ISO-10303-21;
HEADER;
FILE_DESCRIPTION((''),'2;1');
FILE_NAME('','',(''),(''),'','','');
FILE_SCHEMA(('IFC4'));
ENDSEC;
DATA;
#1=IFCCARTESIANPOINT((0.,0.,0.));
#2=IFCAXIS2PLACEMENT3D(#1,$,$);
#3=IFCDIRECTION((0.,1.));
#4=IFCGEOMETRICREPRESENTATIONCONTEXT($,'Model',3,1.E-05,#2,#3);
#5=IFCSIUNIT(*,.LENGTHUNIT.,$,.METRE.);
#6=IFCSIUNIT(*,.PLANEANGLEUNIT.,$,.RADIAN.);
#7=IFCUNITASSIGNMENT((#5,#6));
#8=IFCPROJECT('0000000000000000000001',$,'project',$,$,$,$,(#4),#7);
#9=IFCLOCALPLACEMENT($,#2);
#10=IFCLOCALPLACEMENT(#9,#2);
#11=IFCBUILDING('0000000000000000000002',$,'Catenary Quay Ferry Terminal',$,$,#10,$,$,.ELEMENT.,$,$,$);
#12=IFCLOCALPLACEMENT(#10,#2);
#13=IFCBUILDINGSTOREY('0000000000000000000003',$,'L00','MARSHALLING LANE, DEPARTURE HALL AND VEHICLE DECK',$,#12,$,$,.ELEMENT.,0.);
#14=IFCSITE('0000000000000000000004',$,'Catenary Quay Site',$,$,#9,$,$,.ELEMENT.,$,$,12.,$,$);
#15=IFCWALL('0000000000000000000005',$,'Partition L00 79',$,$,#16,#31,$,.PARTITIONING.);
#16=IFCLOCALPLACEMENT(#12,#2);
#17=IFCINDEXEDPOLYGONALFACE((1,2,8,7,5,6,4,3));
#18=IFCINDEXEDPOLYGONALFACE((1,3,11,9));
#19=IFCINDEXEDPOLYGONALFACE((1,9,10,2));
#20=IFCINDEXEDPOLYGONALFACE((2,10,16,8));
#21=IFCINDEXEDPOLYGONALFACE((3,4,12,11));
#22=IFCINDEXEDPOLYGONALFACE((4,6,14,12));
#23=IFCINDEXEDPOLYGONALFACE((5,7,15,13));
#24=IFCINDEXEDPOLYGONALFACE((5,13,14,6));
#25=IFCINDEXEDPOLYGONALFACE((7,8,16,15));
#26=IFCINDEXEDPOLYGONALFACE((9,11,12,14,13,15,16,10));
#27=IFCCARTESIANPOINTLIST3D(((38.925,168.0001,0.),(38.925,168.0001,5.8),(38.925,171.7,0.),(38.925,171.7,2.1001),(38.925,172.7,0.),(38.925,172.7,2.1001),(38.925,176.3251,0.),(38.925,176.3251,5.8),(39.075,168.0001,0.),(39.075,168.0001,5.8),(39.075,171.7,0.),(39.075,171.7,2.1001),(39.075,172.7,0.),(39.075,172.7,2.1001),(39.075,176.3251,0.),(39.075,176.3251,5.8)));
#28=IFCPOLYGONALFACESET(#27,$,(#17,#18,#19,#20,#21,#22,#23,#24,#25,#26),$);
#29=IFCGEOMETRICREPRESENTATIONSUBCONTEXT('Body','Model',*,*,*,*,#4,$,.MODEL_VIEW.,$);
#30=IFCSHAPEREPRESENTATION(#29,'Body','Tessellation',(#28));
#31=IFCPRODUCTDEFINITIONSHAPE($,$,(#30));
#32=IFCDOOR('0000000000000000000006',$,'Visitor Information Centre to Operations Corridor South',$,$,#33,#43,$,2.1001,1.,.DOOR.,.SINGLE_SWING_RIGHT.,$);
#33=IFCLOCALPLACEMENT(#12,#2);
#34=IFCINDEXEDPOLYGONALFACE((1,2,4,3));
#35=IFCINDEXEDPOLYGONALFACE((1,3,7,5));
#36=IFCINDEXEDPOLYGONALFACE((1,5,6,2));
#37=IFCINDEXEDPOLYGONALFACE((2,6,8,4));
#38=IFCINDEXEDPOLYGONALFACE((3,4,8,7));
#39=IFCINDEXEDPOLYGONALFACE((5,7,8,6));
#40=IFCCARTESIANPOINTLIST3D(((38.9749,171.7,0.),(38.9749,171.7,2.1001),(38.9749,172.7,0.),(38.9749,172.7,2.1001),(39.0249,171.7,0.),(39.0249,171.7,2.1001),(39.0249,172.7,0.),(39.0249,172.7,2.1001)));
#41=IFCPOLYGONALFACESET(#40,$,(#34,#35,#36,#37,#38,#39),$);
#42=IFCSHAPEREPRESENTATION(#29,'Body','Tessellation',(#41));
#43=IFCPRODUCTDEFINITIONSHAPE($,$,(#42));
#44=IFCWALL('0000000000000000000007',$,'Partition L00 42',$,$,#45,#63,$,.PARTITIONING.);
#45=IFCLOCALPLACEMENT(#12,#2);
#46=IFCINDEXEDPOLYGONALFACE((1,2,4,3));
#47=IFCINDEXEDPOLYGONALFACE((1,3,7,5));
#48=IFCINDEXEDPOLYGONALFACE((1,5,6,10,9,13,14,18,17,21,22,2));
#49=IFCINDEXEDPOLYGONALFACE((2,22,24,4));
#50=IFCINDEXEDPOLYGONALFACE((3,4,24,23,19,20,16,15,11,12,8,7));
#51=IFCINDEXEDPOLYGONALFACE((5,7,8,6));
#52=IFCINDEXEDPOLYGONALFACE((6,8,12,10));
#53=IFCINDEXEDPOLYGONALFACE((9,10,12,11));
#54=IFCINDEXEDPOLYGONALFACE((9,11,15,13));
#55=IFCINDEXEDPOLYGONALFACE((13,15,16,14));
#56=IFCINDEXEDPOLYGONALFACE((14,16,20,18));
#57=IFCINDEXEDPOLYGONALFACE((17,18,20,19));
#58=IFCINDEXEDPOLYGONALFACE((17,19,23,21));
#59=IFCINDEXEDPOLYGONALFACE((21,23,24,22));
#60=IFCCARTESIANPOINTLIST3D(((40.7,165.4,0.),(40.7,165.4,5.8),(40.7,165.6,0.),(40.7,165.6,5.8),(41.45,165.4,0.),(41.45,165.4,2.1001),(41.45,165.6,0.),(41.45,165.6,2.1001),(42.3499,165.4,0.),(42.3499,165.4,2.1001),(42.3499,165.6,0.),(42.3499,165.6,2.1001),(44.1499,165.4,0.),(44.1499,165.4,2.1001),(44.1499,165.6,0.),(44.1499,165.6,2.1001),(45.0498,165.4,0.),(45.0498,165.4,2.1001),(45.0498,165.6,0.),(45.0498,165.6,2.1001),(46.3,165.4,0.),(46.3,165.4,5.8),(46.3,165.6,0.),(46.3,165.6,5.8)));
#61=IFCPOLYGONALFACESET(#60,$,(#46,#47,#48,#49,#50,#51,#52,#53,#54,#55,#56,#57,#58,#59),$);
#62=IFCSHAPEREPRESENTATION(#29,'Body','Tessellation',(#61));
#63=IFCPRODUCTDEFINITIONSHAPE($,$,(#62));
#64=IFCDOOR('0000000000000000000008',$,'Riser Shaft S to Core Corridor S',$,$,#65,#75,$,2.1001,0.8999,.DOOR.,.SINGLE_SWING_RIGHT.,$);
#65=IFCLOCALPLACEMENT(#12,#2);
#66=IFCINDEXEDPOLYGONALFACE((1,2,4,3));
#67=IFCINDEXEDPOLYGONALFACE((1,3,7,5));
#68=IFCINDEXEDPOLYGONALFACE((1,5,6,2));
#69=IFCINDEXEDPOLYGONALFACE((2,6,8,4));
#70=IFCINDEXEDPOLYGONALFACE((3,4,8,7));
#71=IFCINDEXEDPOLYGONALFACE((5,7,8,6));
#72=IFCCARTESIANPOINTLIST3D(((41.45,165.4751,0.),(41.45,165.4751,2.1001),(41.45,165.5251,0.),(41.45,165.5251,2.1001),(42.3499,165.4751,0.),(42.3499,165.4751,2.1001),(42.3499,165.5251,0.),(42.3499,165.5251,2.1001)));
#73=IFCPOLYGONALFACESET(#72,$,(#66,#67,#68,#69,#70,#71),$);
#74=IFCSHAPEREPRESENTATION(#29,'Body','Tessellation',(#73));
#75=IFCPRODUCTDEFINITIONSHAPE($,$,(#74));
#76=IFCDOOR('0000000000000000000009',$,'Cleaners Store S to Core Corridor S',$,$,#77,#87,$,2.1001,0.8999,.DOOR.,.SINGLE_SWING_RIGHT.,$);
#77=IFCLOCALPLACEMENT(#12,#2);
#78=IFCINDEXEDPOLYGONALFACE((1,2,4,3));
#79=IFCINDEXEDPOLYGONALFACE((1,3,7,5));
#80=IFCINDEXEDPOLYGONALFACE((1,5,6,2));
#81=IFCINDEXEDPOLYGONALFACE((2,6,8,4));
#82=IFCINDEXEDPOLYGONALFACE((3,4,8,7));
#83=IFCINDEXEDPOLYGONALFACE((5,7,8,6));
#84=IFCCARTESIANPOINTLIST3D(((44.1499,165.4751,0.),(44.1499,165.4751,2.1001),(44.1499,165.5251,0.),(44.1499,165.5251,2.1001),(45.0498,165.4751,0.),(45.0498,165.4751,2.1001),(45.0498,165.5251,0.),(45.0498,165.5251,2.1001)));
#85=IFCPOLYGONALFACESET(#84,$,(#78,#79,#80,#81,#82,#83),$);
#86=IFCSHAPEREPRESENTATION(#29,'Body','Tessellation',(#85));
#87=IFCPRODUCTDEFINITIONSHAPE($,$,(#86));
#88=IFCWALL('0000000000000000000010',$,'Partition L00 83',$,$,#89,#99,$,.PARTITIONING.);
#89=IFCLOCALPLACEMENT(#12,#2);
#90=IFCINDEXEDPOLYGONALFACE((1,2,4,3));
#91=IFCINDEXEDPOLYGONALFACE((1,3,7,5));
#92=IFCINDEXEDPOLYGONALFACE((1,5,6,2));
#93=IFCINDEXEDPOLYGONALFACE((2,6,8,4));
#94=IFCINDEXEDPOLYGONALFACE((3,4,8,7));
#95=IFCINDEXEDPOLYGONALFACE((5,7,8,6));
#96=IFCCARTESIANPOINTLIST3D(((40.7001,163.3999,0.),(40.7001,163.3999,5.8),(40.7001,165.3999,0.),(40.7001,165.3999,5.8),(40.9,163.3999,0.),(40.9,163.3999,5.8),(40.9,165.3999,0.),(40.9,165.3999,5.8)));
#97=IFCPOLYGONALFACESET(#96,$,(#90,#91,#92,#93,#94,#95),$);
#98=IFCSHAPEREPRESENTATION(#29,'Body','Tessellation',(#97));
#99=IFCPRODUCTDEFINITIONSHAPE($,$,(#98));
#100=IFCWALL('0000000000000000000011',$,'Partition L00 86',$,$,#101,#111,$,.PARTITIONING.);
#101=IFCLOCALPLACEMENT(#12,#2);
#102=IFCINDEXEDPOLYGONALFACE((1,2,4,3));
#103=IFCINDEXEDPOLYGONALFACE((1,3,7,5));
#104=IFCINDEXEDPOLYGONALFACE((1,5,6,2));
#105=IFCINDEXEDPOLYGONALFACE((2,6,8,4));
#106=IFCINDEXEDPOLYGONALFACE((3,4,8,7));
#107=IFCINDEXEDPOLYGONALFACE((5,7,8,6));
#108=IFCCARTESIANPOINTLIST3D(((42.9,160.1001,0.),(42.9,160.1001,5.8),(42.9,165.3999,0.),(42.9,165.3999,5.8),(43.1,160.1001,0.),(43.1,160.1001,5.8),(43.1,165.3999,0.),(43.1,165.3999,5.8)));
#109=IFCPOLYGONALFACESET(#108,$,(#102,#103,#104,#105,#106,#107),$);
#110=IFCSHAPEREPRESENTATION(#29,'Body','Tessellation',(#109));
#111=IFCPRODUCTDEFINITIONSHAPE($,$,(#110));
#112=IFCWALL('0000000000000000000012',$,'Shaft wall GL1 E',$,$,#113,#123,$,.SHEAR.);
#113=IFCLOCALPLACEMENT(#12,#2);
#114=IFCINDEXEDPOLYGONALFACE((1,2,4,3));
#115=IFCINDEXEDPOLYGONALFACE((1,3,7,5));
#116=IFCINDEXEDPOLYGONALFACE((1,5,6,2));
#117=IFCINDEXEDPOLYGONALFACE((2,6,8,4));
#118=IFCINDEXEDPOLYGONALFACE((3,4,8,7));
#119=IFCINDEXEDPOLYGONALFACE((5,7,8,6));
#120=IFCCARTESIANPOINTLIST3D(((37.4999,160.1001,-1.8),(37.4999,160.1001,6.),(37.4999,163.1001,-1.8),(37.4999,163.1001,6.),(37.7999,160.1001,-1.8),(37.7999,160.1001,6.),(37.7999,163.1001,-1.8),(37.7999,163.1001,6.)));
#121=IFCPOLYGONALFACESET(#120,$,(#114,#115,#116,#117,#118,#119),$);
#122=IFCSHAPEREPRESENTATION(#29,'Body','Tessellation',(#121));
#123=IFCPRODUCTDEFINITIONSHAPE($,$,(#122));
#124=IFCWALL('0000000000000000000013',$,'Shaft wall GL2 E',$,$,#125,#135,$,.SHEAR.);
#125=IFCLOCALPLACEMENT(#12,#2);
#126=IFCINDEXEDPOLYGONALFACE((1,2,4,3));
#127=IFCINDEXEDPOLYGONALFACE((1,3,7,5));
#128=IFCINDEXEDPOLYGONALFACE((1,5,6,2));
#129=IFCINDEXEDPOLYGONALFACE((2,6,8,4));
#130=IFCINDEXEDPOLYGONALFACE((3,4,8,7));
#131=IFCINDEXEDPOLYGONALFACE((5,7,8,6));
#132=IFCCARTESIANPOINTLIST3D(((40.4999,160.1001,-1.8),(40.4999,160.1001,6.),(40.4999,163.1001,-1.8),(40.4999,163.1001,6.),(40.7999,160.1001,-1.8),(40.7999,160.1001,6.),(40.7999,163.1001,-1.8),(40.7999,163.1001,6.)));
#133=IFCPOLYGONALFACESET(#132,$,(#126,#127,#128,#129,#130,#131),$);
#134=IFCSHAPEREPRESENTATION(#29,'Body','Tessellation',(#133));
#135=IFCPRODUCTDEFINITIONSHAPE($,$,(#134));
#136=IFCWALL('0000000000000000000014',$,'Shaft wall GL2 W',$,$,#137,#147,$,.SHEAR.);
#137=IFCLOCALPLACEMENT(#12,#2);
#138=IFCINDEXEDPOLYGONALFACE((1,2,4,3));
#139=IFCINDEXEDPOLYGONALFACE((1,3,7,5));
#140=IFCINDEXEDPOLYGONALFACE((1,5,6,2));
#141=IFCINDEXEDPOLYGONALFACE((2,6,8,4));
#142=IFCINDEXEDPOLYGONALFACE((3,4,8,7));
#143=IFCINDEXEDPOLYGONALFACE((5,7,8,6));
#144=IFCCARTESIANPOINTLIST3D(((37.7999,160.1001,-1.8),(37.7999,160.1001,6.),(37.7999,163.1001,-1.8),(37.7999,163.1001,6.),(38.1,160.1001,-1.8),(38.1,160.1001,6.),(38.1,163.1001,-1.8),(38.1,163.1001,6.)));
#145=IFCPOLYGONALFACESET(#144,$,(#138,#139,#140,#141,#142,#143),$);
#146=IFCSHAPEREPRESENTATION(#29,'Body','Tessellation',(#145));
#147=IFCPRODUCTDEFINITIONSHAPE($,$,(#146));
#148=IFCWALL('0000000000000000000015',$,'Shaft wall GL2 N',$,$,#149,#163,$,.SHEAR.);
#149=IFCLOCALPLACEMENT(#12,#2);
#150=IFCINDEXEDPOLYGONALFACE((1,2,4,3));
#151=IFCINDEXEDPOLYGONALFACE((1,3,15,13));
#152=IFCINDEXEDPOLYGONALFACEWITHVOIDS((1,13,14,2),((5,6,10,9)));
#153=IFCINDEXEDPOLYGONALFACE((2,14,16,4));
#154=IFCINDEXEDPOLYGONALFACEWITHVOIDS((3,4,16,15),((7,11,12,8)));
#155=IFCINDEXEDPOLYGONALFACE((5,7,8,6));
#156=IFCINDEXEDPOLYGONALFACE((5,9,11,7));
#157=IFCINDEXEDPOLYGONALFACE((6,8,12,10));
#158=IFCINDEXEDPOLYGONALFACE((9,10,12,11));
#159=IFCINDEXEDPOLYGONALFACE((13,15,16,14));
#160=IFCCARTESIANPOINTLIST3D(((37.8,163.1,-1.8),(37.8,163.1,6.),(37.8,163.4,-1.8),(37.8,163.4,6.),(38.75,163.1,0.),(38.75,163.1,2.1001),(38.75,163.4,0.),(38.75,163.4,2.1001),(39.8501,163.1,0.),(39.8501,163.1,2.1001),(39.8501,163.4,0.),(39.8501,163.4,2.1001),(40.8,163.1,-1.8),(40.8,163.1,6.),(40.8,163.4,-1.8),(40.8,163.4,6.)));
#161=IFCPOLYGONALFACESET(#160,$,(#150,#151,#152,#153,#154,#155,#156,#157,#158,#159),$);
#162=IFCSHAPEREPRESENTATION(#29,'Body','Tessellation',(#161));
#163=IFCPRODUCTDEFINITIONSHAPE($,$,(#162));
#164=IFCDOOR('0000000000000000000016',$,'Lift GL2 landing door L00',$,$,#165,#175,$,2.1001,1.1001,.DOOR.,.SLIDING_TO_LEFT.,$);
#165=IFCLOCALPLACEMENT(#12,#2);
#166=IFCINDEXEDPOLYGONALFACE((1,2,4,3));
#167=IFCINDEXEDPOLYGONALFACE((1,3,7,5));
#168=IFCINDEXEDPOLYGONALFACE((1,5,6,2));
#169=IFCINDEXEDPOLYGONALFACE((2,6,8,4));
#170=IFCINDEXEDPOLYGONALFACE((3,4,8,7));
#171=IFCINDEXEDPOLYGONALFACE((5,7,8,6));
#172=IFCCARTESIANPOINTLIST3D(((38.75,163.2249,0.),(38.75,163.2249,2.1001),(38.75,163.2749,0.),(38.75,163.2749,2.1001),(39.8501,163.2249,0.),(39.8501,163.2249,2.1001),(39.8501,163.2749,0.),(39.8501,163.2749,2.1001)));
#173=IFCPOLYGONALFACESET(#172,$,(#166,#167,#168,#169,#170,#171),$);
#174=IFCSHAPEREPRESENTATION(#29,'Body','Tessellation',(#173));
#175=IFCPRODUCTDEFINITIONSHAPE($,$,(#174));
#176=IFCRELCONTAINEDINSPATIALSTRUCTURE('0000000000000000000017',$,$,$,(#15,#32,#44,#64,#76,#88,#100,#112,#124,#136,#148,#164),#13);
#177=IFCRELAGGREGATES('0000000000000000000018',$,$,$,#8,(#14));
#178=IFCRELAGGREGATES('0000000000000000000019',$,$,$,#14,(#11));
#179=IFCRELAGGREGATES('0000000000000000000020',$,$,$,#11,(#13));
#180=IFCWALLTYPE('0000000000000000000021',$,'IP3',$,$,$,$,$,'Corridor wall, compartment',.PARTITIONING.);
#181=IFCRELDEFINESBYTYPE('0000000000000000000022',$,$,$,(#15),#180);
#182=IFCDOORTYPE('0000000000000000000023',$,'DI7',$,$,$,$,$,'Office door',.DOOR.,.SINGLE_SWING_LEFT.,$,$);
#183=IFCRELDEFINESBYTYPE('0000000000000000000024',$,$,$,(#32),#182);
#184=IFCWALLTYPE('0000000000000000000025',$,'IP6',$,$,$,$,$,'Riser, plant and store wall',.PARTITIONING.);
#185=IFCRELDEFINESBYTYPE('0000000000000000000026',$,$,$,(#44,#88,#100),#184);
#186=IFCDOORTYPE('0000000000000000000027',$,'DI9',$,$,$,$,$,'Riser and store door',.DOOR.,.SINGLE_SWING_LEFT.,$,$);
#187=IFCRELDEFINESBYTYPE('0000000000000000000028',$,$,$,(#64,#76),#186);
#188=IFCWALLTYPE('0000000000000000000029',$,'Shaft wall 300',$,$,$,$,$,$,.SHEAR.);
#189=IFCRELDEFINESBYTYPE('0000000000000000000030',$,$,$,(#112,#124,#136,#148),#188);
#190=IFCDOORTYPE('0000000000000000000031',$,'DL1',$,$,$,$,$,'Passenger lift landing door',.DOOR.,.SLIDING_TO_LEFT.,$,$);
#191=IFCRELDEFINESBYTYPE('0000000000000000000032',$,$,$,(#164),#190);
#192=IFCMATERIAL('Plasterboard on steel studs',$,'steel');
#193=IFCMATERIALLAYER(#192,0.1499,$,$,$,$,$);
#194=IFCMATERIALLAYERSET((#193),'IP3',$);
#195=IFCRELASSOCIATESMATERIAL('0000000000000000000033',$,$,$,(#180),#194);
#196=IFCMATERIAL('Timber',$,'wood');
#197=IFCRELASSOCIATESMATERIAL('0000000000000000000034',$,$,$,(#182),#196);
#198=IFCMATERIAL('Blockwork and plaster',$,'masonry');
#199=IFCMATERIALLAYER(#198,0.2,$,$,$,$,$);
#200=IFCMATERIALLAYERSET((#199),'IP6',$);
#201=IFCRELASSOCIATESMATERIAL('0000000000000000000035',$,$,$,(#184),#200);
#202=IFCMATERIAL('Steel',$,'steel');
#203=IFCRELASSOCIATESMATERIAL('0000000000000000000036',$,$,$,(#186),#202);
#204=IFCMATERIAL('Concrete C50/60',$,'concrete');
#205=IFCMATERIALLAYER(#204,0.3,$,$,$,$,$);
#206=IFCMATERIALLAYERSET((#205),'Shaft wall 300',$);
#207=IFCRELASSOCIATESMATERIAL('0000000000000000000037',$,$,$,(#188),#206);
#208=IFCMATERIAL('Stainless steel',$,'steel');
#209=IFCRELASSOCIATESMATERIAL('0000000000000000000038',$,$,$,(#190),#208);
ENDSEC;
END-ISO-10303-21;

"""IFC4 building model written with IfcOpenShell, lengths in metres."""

from ifc_helpers import new_model, si_unit, direction, frame, frame_2d, origin, place, context, subcontext, project, spatial, rectangle, extrude, material, layer, layer_set, type_object, element, fill, save


model = new_model("IFC4")

# Units and contexts
model_context = context("Model", 3, precision=1e-05, world=origin(), true_north=direction((0.0, 1.0)))
body_context = subcontext(model_context, "Body", "Model", "MODEL_VIEW")
ifc_project = project(units=[si_unit("LENGTHUNIT", "METRE"), si_unit("PLANEANGLEUNIT", "RADIAN")], contexts=[model_context])

# Site, building, storey
site_placement = place(None, origin())
site = spatial("IfcSite", under=ifc_project, at=site_placement, Name="Catenary Quay Site", CompositionType="ELEMENT", RefElevation=12.0)
building_placement = place(site_placement, origin())
building = spatial("IfcBuilding", under=site, at=building_placement, Name="Catenary Quay Ferry Terminal", CompositionType="ELEMENT")
storey_placement = place(building_placement, origin())
storey = spatial("IfcBuildingStorey", under=building, at=storey_placement, Name="L00", Description="MARSHALLING LANE, DEPARTURE HALL AND VEHICLE DECK", CompositionType="ELEMENT", Elevation=0.0)

# Wall, opening, door
ifc_material_1 = material(Name="Plasterboard on steel studs", Category="steel")
ifc_layer_1 = layer(ifc_material_1, 0.1499)
ifc_layer_set_1 = layer_set([ifc_layer_1], Name="IP3")
wall_type_1 = type_object("IfcWallType", Name="IP3", ElementType="Corridor wall, compartment", PredefinedType="PARTITIONING", material=ifc_layer_set_1)
wall_1_placement = place(storey_placement, frame((39.0, 168.0, 0.0), z_axis=(0.0, 0.0, 1.0), x_axis=(0.0, 1.0, 0.0)))
wall_1 = element("IfcWall", 1, at=wall_1_placement, inside=storey, type_object=wall_type_1, Name="Partition L00 79", PredefinedType="PARTITIONING", context=body_context, shape_type="SweptSolid", body=[
    extrude(rectangle(XDim=8.325, YDim=0.1499, at=frame_2d((4.1626, 0.0))), origin(), (0.0, 0.0, 1.0), 5.8),
])
opening_1_placement = place(wall_1_placement, frame((3.7, 0.0, 0.0)))
opening_1 = element("IfcOpeningElement", 2, at=opening_1_placement, cuts=wall_1, PredefinedType="OPENING", context=body_context, shape_type="SweptSolid", body=[
    extrude(rectangle(XDim=1.0, YDim=2.1001, at=frame_2d((0.5, 1.05))), frame((0.0, 0.085, 0.0), z_axis=(0.0, -1.0, 0.0), x_axis=(1.0, 0.0, 0.0)), (0.0, 0.0, 1.0), 0.1699),
])
ifc_material_2 = material(Name="Timber", Category="wood")
door_type_1 = type_object("IfcDoorType", Name="DI7", ElementType="Office door", OperationType="SINGLE_SWING_LEFT", PredefinedType="DOOR", material=ifc_material_2)
door_1_placement = place(opening_1_placement, frame((1.0, 0.0, 0.0), z_axis=(0.0, 0.0, 1.0), x_axis=(-1.0, 0.0, 0.0)))
door_1 = element("IfcDoor", 3, at=door_1_placement, inside=storey, type_object=door_type_1, Name="Visitor Information Centre to Operations Corridor South", OperationType="SINGLE_SWING_RIGHT", OverallHeight=2.1001, OverallWidth=1.0, PredefinedType="DOOR", context=body_context, shape_type="SweptSolid", body=[
    extrude(rectangle(XDim=1.0, YDim=2.1001, at=frame_2d((0.5, 1.05))), frame((0.0, 0.0249, 0.0), z_axis=(0.0, -1.0, 0.0), x_axis=(1.0, 0.0, 0.0)), (0.0, 0.0, 1.0), 0.05),
])
fill(opening_1, door_1)

# Wall, openings, doors
ifc_material_3 = material(Name="Blockwork and plaster", Category="masonry")
ifc_layer_2 = layer(ifc_material_3, 0.2)
ifc_layer_set_2 = layer_set([ifc_layer_2], Name="IP6")
wall_type_2 = type_object("IfcWallType", Name="IP6", ElementType="Riser, plant and store wall", PredefinedType="PARTITIONING", material=ifc_layer_set_2)
wall_2_placement = place(storey_placement, frame((40.7, 165.5, 0.0), z_axis=(0.0, 0.0, 1.0), x_axis=(1.0, 0.0, 0.0)))
wall_2 = element("IfcWall", 4, at=wall_2_placement, inside=storey, type_object=wall_type_2, Name="Partition L00 42", PredefinedType="PARTITIONING", context=body_context, shape_type="SweptSolid", body=[
    extrude(rectangle(XDim=5.6001, YDim=0.2, at=frame_2d((2.8, 0.0))), origin(), (0.0, 0.0, 1.0), 5.8),
])
opening_2_placement = place(wall_2_placement, frame((0.75, 0.0, 0.0)))
opening_2 = element("IfcOpeningElement", 5, at=opening_2_placement, cuts=wall_2, PredefinedType="OPENING", context=body_context, shape_type="SweptSolid", body=[
    extrude(rectangle(XDim=0.8999, YDim=2.1001, at=frame_2d((0.45, 1.05))), frame((0.0, 0.1099, 0.0), z_axis=(0.0, -1.0, 0.0), x_axis=(1.0, 0.0, 0.0)), (0.0, 0.0, 1.0), 0.22),
])
opening_3_placement = place(wall_2_placement, frame((3.45, 0.0, 0.0)))
opening_3 = element("IfcOpeningElement", 6, at=opening_3_placement, cuts=wall_2, PredefinedType="OPENING", context=body_context, shape_type="SweptSolid", body=[
    extrude(rectangle(XDim=0.8999, YDim=2.1001, at=frame_2d((0.45, 1.05))), frame((0.0, 0.1099, 0.0), z_axis=(0.0, -1.0, 0.0), x_axis=(1.0, 0.0, 0.0)), (0.0, 0.0, 1.0), 0.22),
])
ifc_material_4 = material(Name="Steel", Category="steel")
door_type_2 = type_object("IfcDoorType", Name="DI9", ElementType="Riser and store door", OperationType="SINGLE_SWING_LEFT", PredefinedType="DOOR", material=ifc_material_4)
door_2_placement = place(opening_2_placement, frame((0.8999, 0.0, 0.0), z_axis=(0.0, 0.0, 1.0), x_axis=(-1.0, 0.0, 0.0)))
door_2 = element("IfcDoor", 7, at=door_2_placement, inside=storey, type_object=door_type_2, Name="Riser Shaft S to Core Corridor S", OperationType="SINGLE_SWING_RIGHT", OverallHeight=2.1001, OverallWidth=0.8999, PredefinedType="DOOR", context=body_context, shape_type="SweptSolid", body=[
    extrude(rectangle(XDim=0.8999, YDim=2.1001, at=frame_2d((0.45, 1.05))), frame((0.0, 0.0249, 0.0), z_axis=(0.0, -1.0, 0.0), x_axis=(1.0, 0.0, 0.0)), (0.0, 0.0, 1.0), 0.05),
])
fill(opening_2, door_2)
door_3_placement = place(opening_3_placement, frame((0.8999, 0.0, 0.0), z_axis=(0.0, 0.0, 1.0), x_axis=(-1.0, 0.0, 0.0)))
door_3 = element("IfcDoor", 8, at=door_3_placement, inside=storey, type_object=door_type_2, Name="Cleaners Store S to Core Corridor S", OperationType="SINGLE_SWING_RIGHT", OverallHeight=2.1001, OverallWidth=0.8999, PredefinedType="DOOR", context=body_context, shape_type="SweptSolid", body=[
    extrude(rectangle(XDim=0.8999, YDim=2.1001, at=frame_2d((0.45, 1.05))), frame((0.0, 0.0249, 0.0), z_axis=(0.0, -1.0, 0.0), x_axis=(1.0, 0.0, 0.0)), (0.0, 0.0, 1.0), 0.05),
])
fill(opening_3, door_3)

# Walls
wall_3_placement = place(storey_placement, frame((40.8, 163.3999, 0.0), z_axis=(0.0, 0.0, 1.0), x_axis=(0.0, 1.0, 0.0)))
element("IfcWall", 9, at=wall_3_placement, inside=storey, type_object=wall_type_2, Name="Partition L00 83", PredefinedType="PARTITIONING", context=body_context, shape_type="SweptSolid", body=[
    extrude(rectangle(XDim=2.0, YDim=0.2, at=frame_2d((1.0, 0.0))), origin(), (0.0, 0.0, 1.0), 5.8),
])
wall_4_placement = place(storey_placement, frame((43.0, 160.1001, 0.0), z_axis=(0.0, 0.0, 1.0), x_axis=(0.0, 1.0, 0.0)))
element("IfcWall", 10, at=wall_4_placement, inside=storey, type_object=wall_type_2, Name="Partition L00 86", PredefinedType="PARTITIONING", context=body_context, shape_type="SweptSolid", body=[
    extrude(rectangle(XDim=5.2998, YDim=0.2, at=frame_2d((2.6499, 0.0))), origin(), (0.0, 0.0, 1.0), 5.8),
])
ifc_material_5 = material(Name="Concrete C50/60", Category="concrete")
ifc_layer_3 = layer(ifc_material_5, 0.3)
ifc_layer_set_3 = layer_set([ifc_layer_3], Name="Shaft wall 300")
wall_type_3 = type_object("IfcWallType", Name="Shaft wall 300", PredefinedType="SHEAR", material=ifc_layer_set_3)
for number, where, z_axis, x_axis, name in (
    (11, (37.6499, 160.1001, -1.8), (0.0, 0.0, 1.0), (0.0, 1.0, 0.0), "Shaft wall GL1 E"),
    (12, (40.6499, 160.1001, -1.8), (0.0, 0.0, 1.0), (0.0, 1.0, 0.0), "Shaft wall GL2 E"),
    (13, (37.95, 160.1001, -1.8), (0.0, 0.0, 1.0), (0.0, 1.0, 0.0), "Shaft wall GL2 W"),
):
    element("IfcWall", number, at=place(storey_placement, frame(where, z_axis=z_axis, x_axis=x_axis)), inside=storey, type_object=wall_type_3, Name=name, PredefinedType="SHEAR", context=body_context, shape_type="SweptSolid", body=[
        extrude(rectangle(XDim=3.0, YDim=0.3, at=frame_2d((1.5, 0.0))), origin(), (0.0, 0.0, 1.0), 7.8),
    ])

# Wall, opening, door
wall_5_placement = place(storey_placement, frame((37.8, 163.25, -1.8), z_axis=(0.0, 0.0, 1.0), x_axis=(1.0, 0.0, 0.0)))
wall_5 = element("IfcWall", 14, at=wall_5_placement, inside=storey, type_object=wall_type_3, Name="Shaft wall GL2 N", PredefinedType="SHEAR", context=body_context, shape_type="SweptSolid", body=[
    extrude(rectangle(XDim=3.0, YDim=0.3, at=frame_2d((1.5, 0.0))), origin(), (0.0, 0.0, 1.0), 7.8),
])
opening_4_placement = place(wall_5_placement, frame((0.95, 0.0, 1.8)))
opening_4 = element("IfcOpeningElement", 15, at=opening_4_placement, cuts=wall_5, PredefinedType="OPENING", context=body_context, shape_type="SweptSolid", body=[
    extrude(rectangle(XDim=1.1001, YDim=2.1001, at=frame_2d((0.55, 1.05))), frame((0.0, 0.1599, 0.0), z_axis=(0.0, -1.0, 0.0), x_axis=(1.0, 0.0, 0.0)), (0.0, 0.0, 1.0), 0.3201),
])
ifc_material_6 = material(Name="Stainless steel", Category="steel")
door_type_3 = type_object("IfcDoorType", Name="DL1", ElementType="Passenger lift landing door", OperationType="SLIDING_TO_LEFT", PredefinedType="DOOR", material=ifc_material_6)
door_4_placement = place(opening_4_placement, origin())
door_4 = element("IfcDoor", 16, at=door_4_placement, inside=storey, type_object=door_type_3, Name="Lift GL2 landing door L00", OperationType="SLIDING_TO_LEFT", OverallHeight=2.1001, OverallWidth=1.1001, PredefinedType="DOOR", context=body_context, shape_type="SweptSolid", body=[
    extrude(rectangle(XDim=1.1001, YDim=2.1001, at=frame_2d((0.55, 1.05))), frame((0.0, 0.0249, 0.0), z_axis=(0.0, -1.0, 0.0), x_axis=(1.0, 0.0, 0.0)), (0.0, 0.0, 1.0), 0.05),
])
fill(opening_4, door_4)

save(model, "model.ifc")
